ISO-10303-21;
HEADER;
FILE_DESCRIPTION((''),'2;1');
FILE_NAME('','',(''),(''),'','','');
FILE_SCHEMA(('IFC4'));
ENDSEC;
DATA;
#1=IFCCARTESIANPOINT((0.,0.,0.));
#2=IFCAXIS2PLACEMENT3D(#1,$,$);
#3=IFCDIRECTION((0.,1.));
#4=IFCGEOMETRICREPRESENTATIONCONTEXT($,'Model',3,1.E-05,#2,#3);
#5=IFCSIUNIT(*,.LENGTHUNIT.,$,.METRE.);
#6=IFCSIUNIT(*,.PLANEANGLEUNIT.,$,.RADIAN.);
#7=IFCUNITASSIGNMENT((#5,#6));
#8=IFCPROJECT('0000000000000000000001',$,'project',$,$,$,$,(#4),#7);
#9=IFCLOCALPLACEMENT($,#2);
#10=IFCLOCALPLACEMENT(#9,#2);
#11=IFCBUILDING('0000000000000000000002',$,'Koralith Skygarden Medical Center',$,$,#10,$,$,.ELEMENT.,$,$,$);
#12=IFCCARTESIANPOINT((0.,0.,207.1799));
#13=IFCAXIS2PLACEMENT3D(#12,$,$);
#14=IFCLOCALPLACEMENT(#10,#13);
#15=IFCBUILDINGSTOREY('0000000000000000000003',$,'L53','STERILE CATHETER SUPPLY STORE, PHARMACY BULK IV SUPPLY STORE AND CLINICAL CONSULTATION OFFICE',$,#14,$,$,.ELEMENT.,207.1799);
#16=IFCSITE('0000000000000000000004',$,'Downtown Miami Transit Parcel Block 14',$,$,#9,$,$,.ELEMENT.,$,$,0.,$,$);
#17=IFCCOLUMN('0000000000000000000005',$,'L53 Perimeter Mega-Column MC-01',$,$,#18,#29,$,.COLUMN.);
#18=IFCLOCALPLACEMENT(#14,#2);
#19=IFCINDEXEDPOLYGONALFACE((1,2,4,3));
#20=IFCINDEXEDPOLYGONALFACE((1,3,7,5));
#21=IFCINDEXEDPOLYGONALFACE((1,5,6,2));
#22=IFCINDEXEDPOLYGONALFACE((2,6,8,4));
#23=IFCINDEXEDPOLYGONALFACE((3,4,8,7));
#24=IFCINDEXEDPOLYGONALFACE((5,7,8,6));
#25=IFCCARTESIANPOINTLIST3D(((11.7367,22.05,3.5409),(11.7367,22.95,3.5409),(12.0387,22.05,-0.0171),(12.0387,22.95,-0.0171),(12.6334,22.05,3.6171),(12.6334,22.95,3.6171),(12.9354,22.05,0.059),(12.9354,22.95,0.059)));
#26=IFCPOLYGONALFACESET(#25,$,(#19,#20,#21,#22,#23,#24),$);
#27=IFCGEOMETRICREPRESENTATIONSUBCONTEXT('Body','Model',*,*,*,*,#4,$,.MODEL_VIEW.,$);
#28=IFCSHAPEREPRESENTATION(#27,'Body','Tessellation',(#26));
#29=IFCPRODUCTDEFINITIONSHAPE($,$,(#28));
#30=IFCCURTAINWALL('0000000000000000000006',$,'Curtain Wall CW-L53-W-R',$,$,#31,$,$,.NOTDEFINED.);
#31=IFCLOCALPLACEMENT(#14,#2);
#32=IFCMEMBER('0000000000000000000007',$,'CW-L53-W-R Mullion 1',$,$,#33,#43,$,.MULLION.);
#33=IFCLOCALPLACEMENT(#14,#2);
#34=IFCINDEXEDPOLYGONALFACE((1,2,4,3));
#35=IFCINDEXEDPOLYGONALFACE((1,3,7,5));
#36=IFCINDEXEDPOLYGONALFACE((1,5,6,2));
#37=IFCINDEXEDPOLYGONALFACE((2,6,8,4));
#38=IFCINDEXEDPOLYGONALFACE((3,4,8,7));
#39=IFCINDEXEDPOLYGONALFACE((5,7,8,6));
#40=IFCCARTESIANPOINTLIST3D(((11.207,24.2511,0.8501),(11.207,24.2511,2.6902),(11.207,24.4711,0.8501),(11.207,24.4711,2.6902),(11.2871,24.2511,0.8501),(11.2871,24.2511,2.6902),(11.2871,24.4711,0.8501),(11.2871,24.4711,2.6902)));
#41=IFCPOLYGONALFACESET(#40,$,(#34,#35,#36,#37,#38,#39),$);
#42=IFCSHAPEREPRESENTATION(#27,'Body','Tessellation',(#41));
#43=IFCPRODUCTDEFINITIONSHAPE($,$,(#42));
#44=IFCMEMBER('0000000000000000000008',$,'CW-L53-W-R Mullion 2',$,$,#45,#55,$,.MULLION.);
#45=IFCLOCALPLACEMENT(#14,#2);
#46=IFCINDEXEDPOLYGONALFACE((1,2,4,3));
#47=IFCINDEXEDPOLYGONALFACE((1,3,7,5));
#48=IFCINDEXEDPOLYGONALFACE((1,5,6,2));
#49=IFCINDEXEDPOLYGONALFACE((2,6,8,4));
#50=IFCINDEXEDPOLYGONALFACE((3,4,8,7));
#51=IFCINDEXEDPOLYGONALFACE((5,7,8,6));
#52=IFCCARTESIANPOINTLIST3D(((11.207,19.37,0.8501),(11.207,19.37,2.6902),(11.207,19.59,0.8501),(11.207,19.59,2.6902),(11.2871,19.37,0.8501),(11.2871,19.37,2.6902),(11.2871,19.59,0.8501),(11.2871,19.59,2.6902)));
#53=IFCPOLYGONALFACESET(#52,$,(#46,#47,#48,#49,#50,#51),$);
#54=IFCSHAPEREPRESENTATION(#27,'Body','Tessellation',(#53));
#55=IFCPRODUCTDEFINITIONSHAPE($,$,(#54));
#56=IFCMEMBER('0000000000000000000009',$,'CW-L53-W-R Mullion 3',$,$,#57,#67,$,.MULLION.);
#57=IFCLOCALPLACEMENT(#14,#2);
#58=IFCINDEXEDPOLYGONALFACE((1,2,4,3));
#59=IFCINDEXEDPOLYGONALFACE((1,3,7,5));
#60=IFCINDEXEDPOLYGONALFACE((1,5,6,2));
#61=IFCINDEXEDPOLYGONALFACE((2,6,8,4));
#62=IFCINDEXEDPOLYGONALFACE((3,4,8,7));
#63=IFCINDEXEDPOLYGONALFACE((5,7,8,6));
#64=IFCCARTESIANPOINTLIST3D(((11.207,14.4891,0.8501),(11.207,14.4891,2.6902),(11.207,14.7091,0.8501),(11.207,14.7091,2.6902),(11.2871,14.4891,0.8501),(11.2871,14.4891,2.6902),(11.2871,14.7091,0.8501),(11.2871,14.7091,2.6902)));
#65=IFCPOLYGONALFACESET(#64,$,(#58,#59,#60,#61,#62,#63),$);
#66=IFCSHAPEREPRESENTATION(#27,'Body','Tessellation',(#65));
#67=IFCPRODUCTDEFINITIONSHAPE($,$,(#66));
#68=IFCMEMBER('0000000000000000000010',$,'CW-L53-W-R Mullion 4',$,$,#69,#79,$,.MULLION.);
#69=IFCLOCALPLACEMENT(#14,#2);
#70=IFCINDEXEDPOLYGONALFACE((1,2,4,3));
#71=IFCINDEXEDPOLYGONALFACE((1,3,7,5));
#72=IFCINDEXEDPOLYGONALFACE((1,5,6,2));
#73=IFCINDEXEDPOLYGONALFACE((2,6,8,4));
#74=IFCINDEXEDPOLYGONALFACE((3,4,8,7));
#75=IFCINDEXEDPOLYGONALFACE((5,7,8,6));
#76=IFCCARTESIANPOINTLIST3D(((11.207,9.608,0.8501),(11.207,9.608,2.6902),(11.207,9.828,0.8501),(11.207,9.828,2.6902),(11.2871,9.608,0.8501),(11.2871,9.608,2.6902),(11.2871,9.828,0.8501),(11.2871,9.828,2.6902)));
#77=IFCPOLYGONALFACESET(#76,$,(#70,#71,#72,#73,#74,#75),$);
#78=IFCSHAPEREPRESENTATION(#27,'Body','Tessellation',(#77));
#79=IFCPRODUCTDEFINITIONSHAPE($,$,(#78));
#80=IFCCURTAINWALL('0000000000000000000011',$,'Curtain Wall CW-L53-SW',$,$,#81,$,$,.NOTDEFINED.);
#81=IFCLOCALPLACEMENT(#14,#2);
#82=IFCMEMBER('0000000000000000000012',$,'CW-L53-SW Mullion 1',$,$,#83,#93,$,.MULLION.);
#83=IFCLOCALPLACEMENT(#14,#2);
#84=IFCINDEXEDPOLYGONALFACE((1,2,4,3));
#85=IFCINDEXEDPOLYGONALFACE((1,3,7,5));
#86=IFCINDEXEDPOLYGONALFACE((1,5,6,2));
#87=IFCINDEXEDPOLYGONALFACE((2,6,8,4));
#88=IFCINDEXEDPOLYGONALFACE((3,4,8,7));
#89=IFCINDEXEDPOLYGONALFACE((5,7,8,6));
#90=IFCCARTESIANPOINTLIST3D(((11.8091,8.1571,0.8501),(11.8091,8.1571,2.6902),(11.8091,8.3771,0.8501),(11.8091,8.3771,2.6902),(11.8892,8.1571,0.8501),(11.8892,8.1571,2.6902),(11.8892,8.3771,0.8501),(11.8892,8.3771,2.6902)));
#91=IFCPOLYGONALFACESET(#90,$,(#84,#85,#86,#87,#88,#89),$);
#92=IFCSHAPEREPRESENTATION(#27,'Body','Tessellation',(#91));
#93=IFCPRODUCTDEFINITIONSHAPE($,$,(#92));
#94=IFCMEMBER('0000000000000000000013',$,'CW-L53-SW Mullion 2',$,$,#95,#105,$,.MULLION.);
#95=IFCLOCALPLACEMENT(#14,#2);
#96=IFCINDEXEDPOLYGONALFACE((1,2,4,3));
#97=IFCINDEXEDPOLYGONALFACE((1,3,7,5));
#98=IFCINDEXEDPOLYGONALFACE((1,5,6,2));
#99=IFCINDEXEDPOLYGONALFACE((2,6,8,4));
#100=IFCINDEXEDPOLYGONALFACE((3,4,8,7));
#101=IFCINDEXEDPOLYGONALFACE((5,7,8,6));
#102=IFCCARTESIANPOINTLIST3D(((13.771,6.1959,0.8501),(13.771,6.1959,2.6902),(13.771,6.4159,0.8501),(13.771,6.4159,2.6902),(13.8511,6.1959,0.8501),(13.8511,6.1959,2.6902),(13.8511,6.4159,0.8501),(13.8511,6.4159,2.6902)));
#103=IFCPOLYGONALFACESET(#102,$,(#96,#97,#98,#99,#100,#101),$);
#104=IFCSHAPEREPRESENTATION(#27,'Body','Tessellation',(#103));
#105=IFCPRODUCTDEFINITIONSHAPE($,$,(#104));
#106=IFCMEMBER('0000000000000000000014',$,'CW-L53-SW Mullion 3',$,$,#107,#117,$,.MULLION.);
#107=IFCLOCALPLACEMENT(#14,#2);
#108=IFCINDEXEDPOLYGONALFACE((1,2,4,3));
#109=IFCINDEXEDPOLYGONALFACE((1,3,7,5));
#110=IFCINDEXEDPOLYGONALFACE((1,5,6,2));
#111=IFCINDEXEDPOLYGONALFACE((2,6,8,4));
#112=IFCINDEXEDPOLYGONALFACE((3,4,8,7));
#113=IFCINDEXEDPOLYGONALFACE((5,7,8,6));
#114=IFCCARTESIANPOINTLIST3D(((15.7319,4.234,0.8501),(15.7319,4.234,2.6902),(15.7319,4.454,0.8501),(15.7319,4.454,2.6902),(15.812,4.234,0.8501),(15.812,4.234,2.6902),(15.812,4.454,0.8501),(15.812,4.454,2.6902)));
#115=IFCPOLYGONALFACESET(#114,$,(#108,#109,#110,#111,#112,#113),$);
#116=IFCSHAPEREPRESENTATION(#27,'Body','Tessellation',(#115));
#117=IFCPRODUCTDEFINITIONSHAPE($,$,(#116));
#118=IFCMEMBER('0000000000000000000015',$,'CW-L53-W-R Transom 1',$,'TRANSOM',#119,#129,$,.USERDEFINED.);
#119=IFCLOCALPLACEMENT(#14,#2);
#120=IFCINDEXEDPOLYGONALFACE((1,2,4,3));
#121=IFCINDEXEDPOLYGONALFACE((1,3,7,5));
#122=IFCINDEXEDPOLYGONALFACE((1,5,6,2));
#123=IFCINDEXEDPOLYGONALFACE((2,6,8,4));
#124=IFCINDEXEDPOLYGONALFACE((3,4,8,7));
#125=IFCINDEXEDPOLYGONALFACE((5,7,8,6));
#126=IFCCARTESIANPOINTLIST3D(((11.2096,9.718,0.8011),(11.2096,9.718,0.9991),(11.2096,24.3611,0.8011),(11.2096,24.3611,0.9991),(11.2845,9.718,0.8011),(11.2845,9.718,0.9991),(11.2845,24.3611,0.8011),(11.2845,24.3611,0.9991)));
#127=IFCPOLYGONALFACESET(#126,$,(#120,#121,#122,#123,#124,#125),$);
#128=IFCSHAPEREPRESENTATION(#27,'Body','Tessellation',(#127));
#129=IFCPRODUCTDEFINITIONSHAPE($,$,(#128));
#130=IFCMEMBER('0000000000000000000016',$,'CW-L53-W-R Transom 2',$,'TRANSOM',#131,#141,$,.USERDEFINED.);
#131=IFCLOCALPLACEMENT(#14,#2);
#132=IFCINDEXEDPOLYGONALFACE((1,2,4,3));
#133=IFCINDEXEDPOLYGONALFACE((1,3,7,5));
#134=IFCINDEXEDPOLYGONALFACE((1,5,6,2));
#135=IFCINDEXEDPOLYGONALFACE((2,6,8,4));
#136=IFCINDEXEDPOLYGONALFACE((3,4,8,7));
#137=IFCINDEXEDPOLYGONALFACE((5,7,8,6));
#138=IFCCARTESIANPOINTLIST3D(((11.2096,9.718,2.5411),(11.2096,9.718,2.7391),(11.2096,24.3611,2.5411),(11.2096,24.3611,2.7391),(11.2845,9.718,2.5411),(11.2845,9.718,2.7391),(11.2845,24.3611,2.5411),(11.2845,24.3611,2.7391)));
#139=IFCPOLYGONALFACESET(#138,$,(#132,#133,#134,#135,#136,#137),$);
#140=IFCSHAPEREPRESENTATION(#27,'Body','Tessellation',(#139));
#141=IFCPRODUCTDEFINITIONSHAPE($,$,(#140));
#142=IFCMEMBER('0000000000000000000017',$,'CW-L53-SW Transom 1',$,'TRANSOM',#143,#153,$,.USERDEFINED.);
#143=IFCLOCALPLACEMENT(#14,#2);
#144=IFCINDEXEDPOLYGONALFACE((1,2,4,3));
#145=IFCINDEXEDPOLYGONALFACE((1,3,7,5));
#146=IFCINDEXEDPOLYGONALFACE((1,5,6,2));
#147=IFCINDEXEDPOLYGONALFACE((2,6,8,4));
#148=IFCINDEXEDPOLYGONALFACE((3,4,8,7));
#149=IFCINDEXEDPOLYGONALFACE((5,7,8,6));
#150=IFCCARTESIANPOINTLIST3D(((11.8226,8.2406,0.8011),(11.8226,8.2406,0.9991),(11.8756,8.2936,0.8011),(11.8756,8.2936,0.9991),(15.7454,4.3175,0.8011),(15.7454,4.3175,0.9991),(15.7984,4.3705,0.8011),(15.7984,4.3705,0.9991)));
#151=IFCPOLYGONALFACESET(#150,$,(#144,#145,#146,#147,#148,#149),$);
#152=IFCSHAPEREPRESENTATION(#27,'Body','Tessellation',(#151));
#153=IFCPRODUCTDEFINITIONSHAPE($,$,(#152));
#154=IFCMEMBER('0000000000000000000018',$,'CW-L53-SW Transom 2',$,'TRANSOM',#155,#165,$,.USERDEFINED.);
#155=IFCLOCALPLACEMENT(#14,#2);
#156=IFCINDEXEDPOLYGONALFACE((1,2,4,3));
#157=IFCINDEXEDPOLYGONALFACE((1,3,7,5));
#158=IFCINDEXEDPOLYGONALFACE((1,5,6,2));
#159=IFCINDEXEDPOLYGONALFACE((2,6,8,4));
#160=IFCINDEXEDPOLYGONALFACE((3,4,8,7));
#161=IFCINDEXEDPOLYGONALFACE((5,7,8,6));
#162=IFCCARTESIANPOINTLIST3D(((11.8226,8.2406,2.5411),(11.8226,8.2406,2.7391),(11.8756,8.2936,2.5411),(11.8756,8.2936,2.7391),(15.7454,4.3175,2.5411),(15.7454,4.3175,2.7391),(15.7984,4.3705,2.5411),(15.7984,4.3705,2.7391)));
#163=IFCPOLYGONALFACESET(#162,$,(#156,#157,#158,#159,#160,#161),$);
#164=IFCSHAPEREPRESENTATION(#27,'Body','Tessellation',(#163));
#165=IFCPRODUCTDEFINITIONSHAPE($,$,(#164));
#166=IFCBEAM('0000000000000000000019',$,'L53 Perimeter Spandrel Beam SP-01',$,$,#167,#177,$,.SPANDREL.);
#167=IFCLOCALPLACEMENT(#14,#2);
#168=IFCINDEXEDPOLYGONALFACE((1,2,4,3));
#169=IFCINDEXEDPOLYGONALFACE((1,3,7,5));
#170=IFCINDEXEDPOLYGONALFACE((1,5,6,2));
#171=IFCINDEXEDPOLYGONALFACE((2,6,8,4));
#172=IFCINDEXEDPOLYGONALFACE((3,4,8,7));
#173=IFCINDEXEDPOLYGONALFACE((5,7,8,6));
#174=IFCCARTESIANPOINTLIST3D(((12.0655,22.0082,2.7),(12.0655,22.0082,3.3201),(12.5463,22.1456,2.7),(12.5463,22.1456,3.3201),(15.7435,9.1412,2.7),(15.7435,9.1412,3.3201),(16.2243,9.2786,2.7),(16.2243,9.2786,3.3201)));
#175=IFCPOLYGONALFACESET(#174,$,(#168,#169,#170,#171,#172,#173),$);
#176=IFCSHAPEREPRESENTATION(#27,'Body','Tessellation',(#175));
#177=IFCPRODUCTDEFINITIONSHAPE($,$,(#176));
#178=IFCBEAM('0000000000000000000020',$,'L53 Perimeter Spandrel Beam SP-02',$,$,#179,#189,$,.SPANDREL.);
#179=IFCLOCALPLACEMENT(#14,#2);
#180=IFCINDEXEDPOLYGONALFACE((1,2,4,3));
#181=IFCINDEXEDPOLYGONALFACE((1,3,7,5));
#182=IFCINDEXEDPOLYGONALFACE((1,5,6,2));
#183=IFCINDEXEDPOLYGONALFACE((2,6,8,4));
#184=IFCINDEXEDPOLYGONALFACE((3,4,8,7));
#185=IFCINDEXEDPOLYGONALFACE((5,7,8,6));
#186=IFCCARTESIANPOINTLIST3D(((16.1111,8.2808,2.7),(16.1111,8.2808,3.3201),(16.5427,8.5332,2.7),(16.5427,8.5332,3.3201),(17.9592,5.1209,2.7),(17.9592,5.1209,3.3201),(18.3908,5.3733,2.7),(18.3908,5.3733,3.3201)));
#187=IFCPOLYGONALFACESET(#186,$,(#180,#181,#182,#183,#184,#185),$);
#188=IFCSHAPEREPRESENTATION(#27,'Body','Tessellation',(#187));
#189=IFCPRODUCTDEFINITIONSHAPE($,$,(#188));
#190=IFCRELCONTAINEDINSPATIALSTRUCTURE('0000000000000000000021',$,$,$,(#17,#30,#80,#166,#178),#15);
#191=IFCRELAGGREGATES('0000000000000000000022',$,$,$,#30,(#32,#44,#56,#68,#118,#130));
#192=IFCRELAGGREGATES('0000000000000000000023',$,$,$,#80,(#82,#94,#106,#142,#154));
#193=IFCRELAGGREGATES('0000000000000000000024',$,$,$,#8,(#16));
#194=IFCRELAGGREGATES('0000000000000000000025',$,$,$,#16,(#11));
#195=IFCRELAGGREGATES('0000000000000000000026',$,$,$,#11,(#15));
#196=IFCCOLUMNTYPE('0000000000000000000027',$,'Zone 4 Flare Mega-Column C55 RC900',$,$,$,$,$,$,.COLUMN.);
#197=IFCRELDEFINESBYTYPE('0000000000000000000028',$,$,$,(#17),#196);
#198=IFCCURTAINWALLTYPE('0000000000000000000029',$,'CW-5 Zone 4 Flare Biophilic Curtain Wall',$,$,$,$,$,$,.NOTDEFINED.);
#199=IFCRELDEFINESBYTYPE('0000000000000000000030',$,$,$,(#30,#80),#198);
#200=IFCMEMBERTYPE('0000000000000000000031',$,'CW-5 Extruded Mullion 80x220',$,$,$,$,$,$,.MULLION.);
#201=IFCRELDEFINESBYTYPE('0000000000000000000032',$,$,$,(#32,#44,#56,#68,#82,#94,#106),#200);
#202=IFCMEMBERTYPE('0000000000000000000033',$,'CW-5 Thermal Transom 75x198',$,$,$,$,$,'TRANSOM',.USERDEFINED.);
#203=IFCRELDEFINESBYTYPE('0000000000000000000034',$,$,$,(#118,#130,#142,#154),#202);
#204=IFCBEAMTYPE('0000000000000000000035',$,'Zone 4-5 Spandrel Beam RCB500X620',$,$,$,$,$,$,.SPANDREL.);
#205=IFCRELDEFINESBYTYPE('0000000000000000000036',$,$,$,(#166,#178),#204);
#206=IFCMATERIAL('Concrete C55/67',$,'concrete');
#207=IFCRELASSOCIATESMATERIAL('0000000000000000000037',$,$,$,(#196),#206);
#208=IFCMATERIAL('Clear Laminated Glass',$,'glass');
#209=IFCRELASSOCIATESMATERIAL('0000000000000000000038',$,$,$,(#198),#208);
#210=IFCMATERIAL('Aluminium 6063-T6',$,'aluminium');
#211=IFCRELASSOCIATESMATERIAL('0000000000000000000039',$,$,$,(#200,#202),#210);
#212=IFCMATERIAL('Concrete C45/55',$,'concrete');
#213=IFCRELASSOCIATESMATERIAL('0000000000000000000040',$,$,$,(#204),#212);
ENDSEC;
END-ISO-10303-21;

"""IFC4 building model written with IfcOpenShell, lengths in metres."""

from ifc_helpers import new_model, si_unit, direction, frame, origin, origin_2d, place, context, subcontext, project, spatial, rectangle, extrude, material, material_profile, profile_set, type_object, element, aggregate, save


model = new_model("IFC4")

# Units and contexts
model_context = context("Model", 3, precision=1e-05, world=origin(), true_north=direction((0.0, 1.0)))
body_context = subcontext(model_context, "Body", "Model", "MODEL_VIEW")
ifc_project = project(units=[si_unit("LENGTHUNIT", "METRE"), si_unit("PLANEANGLEUNIT", "RADIAN")], contexts=[model_context])

# Site, building, storey
site_placement = place(None, origin())
site = spatial("IfcSite", under=ifc_project, at=site_placement, Name="Downtown Miami Transit Parcel Block 14", CompositionType="ELEMENT", RefElevation=0.0)
building_placement = place(site_placement, origin())
building = spatial("IfcBuilding", under=site, at=building_placement, Name="Koralith Skygarden Medical Center", CompositionType="ELEMENT")
storey_placement = place(building_placement, frame((0.0, 0.0, 207.1799)))
storey = spatial("IfcBuildingStorey", under=building, at=storey_placement, Name="L53", Description="STERILE CATHETER SUPPLY STORE, PHARMACY BULK IV SUPPLY STORE AND CLINICAL CONSULTATION OFFICE", CompositionType="ELEMENT", Elevation=207.1799)

# Column
ifc_material_1 = material(Name="Concrete C55/67", Category="concrete")
ifc_material_profile_1 = material_profile(ifc_material_1, rectangle(XDim=0.8999, YDim=0.8999, at=origin_2d()), Name="RC900X900")
ifc_profile_set_1 = profile_set([ifc_material_profile_1], Name="Concrete C55/67")
column_type = type_object("IfcColumnType", Name="Zone 4 Flare Mega-Column C55 RC900", PredefinedType="COLUMN", material=ifc_profile_set_1)
column_placement = place(storey_placement, frame((12.4871, 22.5, 0.021), z_axis=(-0.084573, 0.0, 0.996417), x_axis=(0.0, -1.0, 0.0)))
element("IfcColumn", 1, at=column_placement, inside=storey, type_object=column_type, Name="L53 Perimeter Mega-Column MC-01", PredefinedType="COLUMN", context=body_context, shape_type="SweptSolid", body=[
    extrude(rectangle(XDim=0.8999, YDim=0.8999, at=origin_2d()), origin(), (0.0, 0.0, 1.0), 3.5708),
])

# Curtain walls, members
ifc_material_2 = material(Name="Clear Laminated Glass", Category="glass")
curtain_wall_type = type_object("IfcCurtainWallType", Name="CW-5 Zone 4 Flare Biophilic Curtain Wall", PredefinedType="NOTDEFINED", material=ifc_material_2)
curtain_wall_1_placement = place(storey_placement, origin())
curtain_wall_1 = element("IfcCurtainWall", 2, at=curtain_wall_1_placement, inside=storey, type_object=curtain_wall_type, Name="Curtain Wall CW-L53-W-R", PredefinedType="NOTDEFINED")
ifc_material_3 = material(Name="Aluminium 6063-T6", Category="aluminium")
ifc_material_profile_2 = material_profile(ifc_material_3, rectangle(XDim=0.0801, YDim=0.22, at=origin_2d()), Name="MUL80X220")
ifc_profile_set_2 = profile_set([ifc_material_profile_2], Name="Aluminium 6063-T6")
member_type_1 = type_object("IfcMemberType", Name="CW-5 Extruded Mullion 80x220", PredefinedType="MULLION", material=ifc_profile_set_2)
member_1_placement = place(storey_placement, frame((11.2471, 24.3611, 0.8501), z_axis=(0.0, 0.0, 1.0), x_axis=(1.0, 0.0, 0.0)))
member_1 = element("IfcMember", 3, at=member_1_placement, type_object=member_type_1, Name="CW-L53-W-R Mullion 1", PredefinedType="MULLION", context=body_context, shape_type="SweptSolid", body=[
    extrude(rectangle(XDim=0.0801, YDim=0.22, at=origin_2d()), origin(), (0.0, 0.0, 1.0), 1.8401),
])
member_2_placement = place(storey_placement, frame((11.2471, 19.48, 0.8501), z_axis=(0.0, 0.0, 1.0), x_axis=(1.0, 0.0, 0.0)))
member_2 = element("IfcMember", 4, at=member_2_placement, type_object=member_type_1, Name="CW-L53-W-R Mullion 2", PredefinedType="MULLION", context=body_context, shape_type="SweptSolid", body=[
    extrude(rectangle(XDim=0.0801, YDim=0.22, at=origin_2d()), origin(), (0.0, 0.0, 1.0), 1.8401),
])
member_3_placement = place(storey_placement, frame((11.2471, 14.5991, 0.8501), z_axis=(0.0, 0.0, 1.0), x_axis=(1.0, 0.0, 0.0)))
member_3 = element("IfcMember", 5, at=member_3_placement, type_object=member_type_1, Name="CW-L53-W-R Mullion 3", PredefinedType="MULLION", context=body_context, shape_type="SweptSolid", body=[
    extrude(rectangle(XDim=0.0801, YDim=0.22, at=origin_2d()), origin(), (0.0, 0.0, 1.0), 1.8401),
])
member_4_placement = place(storey_placement, frame((11.2471, 9.718, 0.8501), z_axis=(0.0, 0.0, 1.0), x_axis=(1.0, 0.0, 0.0)))
member_4 = element("IfcMember", 6, at=member_4_placement, type_object=member_type_1, Name="CW-L53-W-R Mullion 4", PredefinedType="MULLION", context=body_context, shape_type="SweptSolid", body=[
    extrude(rectangle(XDim=0.0801, YDim=0.22, at=origin_2d()), origin(), (0.0, 0.0, 1.0), 1.8401),
])
curtain_wall_2_placement = place(storey_placement, origin())
curtain_wall_2 = element("IfcCurtainWall", 7, at=curtain_wall_2_placement, inside=storey, type_object=curtain_wall_type, Name="Curtain Wall CW-L53-SW", PredefinedType="NOTDEFINED")
member_5_placement = place(storey_placement, frame((11.8491, 8.2671, 0.8501), z_axis=(0.0, 0.0, 1.0), x_axis=(1.0, 0.0, 0.0)))
member_5 = element("IfcMember", 8, at=member_5_placement, type_object=member_type_1, Name="CW-L53-SW Mullion 1", PredefinedType="MULLION", context=body_context, shape_type="SweptSolid", body=[
    extrude(rectangle(XDim=0.0801, YDim=0.22, at=origin_2d()), origin(), (0.0, 0.0, 1.0), 1.8401),
])
member_6_placement = place(storey_placement, frame((13.811, 6.3059, 0.8501), z_axis=(0.0, 0.0, 1.0), x_axis=(1.0, 0.0, 0.0)))
member_6 = element("IfcMember", 9, at=member_6_placement, type_object=member_type_1, Name="CW-L53-SW Mullion 2", PredefinedType="MULLION", context=body_context, shape_type="SweptSolid", body=[
    extrude(rectangle(XDim=0.0801, YDim=0.22, at=origin_2d()), origin(), (0.0, 0.0, 1.0), 1.8401),
])
member_7_placement = place(storey_placement, frame((15.772, 4.344, 0.8501), z_axis=(0.0, 0.0, 1.0), x_axis=(1.0, 0.0, 0.0)))
member_7 = element("IfcMember", 10, at=member_7_placement, type_object=member_type_1, Name="CW-L53-SW Mullion 3", PredefinedType="MULLION", context=body_context, shape_type="SweptSolid", body=[
    extrude(rectangle(XDim=0.0801, YDim=0.22, at=origin_2d()), origin(), (0.0, 0.0, 1.0), 1.8401),
])

# Members
ifc_material_profile_3 = material_profile(ifc_material_3, rectangle(XDim=0.075, YDim=0.198, at=origin_2d()), Name="TRN75X198")
ifc_profile_set_3 = profile_set([ifc_material_profile_3], Name="Aluminium 6063-T6")
member_type_2 = type_object("IfcMemberType", Name="CW-5 Thermal Transom 75x198", ElementType="TRANSOM", PredefinedType="USERDEFINED", material=ifc_profile_set_3)
member_8_placement = place(storey_placement, frame((11.2471, 24.3611, 0.9001), z_axis=(0.0, -1.0, 0.0), x_axis=(1.0, 0.0, 0.0)))
member_8 = element("IfcMember", 11, at=member_8_placement, type_object=member_type_2, Name="CW-L53-W-R Transom 1", ObjectType="TRANSOM", PredefinedType="USERDEFINED", context=body_context, shape_type="SweptSolid", body=[
    extrude(rectangle(XDim=0.075, YDim=0.198, at=origin_2d()), origin(), (0.0, 0.0, 1.0), 14.6431),
])
member_9_placement = place(storey_placement, frame((11.2471, 24.3611, 2.6401), z_axis=(0.0, -1.0, 0.0), x_axis=(1.0, 0.0, 0.0)))
member_9 = element("IfcMember", 12, at=member_9_placement, type_object=member_type_2, Name="CW-L53-W-R Transom 2", ObjectType="TRANSOM", PredefinedType="USERDEFINED", context=body_context, shape_type="SweptSolid", body=[
    extrude(rectangle(XDim=0.075, YDim=0.198, at=origin_2d()), origin(), (0.0, 0.0, 1.0), 14.6431),
])
member_10_placement = place(storey_placement, frame((11.8491, 8.2671, 0.9001), z_axis=(0.707085, -0.707129, 0.0), x_axis=(0.707129, 0.707085, 0.0)))
member_10 = element("IfcMember", 13, at=member_10_placement, type_object=member_type_2, Name="CW-L53-SW Transom 1", ObjectType="TRANSOM", PredefinedType="USERDEFINED", context=body_context, shape_type="SweptSolid", body=[
    extrude(rectangle(XDim=0.075, YDim=0.198, at=origin_2d()), origin(), (0.0, 0.0, 1.0), 5.5479),
])
member_11_placement = place(storey_placement, frame((11.8491, 8.2671, 2.6401), z_axis=(0.707085, -0.707129, 0.0), x_axis=(0.707129, 0.707085, 0.0)))
member_11 = element("IfcMember", 14, at=member_11_placement, type_object=member_type_2, Name="CW-L53-SW Transom 2", ObjectType="TRANSOM", PredefinedType="USERDEFINED", context=body_context, shape_type="SweptSolid", body=[
    extrude(rectangle(XDim=0.075, YDim=0.198, at=origin_2d()), origin(), (0.0, 0.0, 1.0), 5.5479),
])

# Beams
ifc_material_4 = material(Name="Concrete C45/55", Category="concrete")
ifc_material_profile_4 = material_profile(ifc_material_4, rectangle(XDim=0.5, YDim=0.6201, at=origin_2d()), Name="RCB500X620")
ifc_profile_set_4 = profile_set([ifc_material_profile_4], Name="Concrete C45/55")
beam_type = type_object("IfcBeamType", Name="Zone 4-5 Spandrel Beam RCB500X620", PredefinedType="SPANDREL", material=ifc_profile_set_4)
beam_1_placement = place(storey_placement, frame((12.3059, 22.0769, 3.01), z_axis=(0.274839, -0.96149, 0.0), x_axis=(0.96149, 0.274839, 0.0)))
element("IfcBeam", 15, at=beam_1_placement, inside=storey, type_object=beam_type, Name="L53 Perimeter Spandrel Beam SP-01", PredefinedType="SPANDREL", context=body_context, shape_type="SweptSolid", body=[
    extrude(rectangle(XDim=0.5, YDim=0.6201, at=origin_2d()), origin(), (0.0, 0.0, 1.0), 13.3823),
])
beam_2_placement = place(storey_placement, frame((16.3269, 8.407, 3.01), z_axis=(0.504862, -0.8632, 0.0), x_axis=(0.8632, 0.504862, 0.0)))
element("IfcBeam", 16, at=beam_2_placement, inside=storey, type_object=beam_type, Name="L53 Perimeter Spandrel Beam SP-02", PredefinedType="SPANDREL", context=body_context, shape_type="SweptSolid", body=[
    extrude(rectangle(XDim=0.5, YDim=0.6201, at=origin_2d()), origin(), (0.0, 0.0, 1.0), 3.6606),
])

aggregate(curtain_wall_1, [member_1, member_2, member_3, member_4, member_8, member_9])
aggregate(curtain_wall_2, [member_5, member_6, member_7, member_10, member_11])

save(model, "model.ifc")
